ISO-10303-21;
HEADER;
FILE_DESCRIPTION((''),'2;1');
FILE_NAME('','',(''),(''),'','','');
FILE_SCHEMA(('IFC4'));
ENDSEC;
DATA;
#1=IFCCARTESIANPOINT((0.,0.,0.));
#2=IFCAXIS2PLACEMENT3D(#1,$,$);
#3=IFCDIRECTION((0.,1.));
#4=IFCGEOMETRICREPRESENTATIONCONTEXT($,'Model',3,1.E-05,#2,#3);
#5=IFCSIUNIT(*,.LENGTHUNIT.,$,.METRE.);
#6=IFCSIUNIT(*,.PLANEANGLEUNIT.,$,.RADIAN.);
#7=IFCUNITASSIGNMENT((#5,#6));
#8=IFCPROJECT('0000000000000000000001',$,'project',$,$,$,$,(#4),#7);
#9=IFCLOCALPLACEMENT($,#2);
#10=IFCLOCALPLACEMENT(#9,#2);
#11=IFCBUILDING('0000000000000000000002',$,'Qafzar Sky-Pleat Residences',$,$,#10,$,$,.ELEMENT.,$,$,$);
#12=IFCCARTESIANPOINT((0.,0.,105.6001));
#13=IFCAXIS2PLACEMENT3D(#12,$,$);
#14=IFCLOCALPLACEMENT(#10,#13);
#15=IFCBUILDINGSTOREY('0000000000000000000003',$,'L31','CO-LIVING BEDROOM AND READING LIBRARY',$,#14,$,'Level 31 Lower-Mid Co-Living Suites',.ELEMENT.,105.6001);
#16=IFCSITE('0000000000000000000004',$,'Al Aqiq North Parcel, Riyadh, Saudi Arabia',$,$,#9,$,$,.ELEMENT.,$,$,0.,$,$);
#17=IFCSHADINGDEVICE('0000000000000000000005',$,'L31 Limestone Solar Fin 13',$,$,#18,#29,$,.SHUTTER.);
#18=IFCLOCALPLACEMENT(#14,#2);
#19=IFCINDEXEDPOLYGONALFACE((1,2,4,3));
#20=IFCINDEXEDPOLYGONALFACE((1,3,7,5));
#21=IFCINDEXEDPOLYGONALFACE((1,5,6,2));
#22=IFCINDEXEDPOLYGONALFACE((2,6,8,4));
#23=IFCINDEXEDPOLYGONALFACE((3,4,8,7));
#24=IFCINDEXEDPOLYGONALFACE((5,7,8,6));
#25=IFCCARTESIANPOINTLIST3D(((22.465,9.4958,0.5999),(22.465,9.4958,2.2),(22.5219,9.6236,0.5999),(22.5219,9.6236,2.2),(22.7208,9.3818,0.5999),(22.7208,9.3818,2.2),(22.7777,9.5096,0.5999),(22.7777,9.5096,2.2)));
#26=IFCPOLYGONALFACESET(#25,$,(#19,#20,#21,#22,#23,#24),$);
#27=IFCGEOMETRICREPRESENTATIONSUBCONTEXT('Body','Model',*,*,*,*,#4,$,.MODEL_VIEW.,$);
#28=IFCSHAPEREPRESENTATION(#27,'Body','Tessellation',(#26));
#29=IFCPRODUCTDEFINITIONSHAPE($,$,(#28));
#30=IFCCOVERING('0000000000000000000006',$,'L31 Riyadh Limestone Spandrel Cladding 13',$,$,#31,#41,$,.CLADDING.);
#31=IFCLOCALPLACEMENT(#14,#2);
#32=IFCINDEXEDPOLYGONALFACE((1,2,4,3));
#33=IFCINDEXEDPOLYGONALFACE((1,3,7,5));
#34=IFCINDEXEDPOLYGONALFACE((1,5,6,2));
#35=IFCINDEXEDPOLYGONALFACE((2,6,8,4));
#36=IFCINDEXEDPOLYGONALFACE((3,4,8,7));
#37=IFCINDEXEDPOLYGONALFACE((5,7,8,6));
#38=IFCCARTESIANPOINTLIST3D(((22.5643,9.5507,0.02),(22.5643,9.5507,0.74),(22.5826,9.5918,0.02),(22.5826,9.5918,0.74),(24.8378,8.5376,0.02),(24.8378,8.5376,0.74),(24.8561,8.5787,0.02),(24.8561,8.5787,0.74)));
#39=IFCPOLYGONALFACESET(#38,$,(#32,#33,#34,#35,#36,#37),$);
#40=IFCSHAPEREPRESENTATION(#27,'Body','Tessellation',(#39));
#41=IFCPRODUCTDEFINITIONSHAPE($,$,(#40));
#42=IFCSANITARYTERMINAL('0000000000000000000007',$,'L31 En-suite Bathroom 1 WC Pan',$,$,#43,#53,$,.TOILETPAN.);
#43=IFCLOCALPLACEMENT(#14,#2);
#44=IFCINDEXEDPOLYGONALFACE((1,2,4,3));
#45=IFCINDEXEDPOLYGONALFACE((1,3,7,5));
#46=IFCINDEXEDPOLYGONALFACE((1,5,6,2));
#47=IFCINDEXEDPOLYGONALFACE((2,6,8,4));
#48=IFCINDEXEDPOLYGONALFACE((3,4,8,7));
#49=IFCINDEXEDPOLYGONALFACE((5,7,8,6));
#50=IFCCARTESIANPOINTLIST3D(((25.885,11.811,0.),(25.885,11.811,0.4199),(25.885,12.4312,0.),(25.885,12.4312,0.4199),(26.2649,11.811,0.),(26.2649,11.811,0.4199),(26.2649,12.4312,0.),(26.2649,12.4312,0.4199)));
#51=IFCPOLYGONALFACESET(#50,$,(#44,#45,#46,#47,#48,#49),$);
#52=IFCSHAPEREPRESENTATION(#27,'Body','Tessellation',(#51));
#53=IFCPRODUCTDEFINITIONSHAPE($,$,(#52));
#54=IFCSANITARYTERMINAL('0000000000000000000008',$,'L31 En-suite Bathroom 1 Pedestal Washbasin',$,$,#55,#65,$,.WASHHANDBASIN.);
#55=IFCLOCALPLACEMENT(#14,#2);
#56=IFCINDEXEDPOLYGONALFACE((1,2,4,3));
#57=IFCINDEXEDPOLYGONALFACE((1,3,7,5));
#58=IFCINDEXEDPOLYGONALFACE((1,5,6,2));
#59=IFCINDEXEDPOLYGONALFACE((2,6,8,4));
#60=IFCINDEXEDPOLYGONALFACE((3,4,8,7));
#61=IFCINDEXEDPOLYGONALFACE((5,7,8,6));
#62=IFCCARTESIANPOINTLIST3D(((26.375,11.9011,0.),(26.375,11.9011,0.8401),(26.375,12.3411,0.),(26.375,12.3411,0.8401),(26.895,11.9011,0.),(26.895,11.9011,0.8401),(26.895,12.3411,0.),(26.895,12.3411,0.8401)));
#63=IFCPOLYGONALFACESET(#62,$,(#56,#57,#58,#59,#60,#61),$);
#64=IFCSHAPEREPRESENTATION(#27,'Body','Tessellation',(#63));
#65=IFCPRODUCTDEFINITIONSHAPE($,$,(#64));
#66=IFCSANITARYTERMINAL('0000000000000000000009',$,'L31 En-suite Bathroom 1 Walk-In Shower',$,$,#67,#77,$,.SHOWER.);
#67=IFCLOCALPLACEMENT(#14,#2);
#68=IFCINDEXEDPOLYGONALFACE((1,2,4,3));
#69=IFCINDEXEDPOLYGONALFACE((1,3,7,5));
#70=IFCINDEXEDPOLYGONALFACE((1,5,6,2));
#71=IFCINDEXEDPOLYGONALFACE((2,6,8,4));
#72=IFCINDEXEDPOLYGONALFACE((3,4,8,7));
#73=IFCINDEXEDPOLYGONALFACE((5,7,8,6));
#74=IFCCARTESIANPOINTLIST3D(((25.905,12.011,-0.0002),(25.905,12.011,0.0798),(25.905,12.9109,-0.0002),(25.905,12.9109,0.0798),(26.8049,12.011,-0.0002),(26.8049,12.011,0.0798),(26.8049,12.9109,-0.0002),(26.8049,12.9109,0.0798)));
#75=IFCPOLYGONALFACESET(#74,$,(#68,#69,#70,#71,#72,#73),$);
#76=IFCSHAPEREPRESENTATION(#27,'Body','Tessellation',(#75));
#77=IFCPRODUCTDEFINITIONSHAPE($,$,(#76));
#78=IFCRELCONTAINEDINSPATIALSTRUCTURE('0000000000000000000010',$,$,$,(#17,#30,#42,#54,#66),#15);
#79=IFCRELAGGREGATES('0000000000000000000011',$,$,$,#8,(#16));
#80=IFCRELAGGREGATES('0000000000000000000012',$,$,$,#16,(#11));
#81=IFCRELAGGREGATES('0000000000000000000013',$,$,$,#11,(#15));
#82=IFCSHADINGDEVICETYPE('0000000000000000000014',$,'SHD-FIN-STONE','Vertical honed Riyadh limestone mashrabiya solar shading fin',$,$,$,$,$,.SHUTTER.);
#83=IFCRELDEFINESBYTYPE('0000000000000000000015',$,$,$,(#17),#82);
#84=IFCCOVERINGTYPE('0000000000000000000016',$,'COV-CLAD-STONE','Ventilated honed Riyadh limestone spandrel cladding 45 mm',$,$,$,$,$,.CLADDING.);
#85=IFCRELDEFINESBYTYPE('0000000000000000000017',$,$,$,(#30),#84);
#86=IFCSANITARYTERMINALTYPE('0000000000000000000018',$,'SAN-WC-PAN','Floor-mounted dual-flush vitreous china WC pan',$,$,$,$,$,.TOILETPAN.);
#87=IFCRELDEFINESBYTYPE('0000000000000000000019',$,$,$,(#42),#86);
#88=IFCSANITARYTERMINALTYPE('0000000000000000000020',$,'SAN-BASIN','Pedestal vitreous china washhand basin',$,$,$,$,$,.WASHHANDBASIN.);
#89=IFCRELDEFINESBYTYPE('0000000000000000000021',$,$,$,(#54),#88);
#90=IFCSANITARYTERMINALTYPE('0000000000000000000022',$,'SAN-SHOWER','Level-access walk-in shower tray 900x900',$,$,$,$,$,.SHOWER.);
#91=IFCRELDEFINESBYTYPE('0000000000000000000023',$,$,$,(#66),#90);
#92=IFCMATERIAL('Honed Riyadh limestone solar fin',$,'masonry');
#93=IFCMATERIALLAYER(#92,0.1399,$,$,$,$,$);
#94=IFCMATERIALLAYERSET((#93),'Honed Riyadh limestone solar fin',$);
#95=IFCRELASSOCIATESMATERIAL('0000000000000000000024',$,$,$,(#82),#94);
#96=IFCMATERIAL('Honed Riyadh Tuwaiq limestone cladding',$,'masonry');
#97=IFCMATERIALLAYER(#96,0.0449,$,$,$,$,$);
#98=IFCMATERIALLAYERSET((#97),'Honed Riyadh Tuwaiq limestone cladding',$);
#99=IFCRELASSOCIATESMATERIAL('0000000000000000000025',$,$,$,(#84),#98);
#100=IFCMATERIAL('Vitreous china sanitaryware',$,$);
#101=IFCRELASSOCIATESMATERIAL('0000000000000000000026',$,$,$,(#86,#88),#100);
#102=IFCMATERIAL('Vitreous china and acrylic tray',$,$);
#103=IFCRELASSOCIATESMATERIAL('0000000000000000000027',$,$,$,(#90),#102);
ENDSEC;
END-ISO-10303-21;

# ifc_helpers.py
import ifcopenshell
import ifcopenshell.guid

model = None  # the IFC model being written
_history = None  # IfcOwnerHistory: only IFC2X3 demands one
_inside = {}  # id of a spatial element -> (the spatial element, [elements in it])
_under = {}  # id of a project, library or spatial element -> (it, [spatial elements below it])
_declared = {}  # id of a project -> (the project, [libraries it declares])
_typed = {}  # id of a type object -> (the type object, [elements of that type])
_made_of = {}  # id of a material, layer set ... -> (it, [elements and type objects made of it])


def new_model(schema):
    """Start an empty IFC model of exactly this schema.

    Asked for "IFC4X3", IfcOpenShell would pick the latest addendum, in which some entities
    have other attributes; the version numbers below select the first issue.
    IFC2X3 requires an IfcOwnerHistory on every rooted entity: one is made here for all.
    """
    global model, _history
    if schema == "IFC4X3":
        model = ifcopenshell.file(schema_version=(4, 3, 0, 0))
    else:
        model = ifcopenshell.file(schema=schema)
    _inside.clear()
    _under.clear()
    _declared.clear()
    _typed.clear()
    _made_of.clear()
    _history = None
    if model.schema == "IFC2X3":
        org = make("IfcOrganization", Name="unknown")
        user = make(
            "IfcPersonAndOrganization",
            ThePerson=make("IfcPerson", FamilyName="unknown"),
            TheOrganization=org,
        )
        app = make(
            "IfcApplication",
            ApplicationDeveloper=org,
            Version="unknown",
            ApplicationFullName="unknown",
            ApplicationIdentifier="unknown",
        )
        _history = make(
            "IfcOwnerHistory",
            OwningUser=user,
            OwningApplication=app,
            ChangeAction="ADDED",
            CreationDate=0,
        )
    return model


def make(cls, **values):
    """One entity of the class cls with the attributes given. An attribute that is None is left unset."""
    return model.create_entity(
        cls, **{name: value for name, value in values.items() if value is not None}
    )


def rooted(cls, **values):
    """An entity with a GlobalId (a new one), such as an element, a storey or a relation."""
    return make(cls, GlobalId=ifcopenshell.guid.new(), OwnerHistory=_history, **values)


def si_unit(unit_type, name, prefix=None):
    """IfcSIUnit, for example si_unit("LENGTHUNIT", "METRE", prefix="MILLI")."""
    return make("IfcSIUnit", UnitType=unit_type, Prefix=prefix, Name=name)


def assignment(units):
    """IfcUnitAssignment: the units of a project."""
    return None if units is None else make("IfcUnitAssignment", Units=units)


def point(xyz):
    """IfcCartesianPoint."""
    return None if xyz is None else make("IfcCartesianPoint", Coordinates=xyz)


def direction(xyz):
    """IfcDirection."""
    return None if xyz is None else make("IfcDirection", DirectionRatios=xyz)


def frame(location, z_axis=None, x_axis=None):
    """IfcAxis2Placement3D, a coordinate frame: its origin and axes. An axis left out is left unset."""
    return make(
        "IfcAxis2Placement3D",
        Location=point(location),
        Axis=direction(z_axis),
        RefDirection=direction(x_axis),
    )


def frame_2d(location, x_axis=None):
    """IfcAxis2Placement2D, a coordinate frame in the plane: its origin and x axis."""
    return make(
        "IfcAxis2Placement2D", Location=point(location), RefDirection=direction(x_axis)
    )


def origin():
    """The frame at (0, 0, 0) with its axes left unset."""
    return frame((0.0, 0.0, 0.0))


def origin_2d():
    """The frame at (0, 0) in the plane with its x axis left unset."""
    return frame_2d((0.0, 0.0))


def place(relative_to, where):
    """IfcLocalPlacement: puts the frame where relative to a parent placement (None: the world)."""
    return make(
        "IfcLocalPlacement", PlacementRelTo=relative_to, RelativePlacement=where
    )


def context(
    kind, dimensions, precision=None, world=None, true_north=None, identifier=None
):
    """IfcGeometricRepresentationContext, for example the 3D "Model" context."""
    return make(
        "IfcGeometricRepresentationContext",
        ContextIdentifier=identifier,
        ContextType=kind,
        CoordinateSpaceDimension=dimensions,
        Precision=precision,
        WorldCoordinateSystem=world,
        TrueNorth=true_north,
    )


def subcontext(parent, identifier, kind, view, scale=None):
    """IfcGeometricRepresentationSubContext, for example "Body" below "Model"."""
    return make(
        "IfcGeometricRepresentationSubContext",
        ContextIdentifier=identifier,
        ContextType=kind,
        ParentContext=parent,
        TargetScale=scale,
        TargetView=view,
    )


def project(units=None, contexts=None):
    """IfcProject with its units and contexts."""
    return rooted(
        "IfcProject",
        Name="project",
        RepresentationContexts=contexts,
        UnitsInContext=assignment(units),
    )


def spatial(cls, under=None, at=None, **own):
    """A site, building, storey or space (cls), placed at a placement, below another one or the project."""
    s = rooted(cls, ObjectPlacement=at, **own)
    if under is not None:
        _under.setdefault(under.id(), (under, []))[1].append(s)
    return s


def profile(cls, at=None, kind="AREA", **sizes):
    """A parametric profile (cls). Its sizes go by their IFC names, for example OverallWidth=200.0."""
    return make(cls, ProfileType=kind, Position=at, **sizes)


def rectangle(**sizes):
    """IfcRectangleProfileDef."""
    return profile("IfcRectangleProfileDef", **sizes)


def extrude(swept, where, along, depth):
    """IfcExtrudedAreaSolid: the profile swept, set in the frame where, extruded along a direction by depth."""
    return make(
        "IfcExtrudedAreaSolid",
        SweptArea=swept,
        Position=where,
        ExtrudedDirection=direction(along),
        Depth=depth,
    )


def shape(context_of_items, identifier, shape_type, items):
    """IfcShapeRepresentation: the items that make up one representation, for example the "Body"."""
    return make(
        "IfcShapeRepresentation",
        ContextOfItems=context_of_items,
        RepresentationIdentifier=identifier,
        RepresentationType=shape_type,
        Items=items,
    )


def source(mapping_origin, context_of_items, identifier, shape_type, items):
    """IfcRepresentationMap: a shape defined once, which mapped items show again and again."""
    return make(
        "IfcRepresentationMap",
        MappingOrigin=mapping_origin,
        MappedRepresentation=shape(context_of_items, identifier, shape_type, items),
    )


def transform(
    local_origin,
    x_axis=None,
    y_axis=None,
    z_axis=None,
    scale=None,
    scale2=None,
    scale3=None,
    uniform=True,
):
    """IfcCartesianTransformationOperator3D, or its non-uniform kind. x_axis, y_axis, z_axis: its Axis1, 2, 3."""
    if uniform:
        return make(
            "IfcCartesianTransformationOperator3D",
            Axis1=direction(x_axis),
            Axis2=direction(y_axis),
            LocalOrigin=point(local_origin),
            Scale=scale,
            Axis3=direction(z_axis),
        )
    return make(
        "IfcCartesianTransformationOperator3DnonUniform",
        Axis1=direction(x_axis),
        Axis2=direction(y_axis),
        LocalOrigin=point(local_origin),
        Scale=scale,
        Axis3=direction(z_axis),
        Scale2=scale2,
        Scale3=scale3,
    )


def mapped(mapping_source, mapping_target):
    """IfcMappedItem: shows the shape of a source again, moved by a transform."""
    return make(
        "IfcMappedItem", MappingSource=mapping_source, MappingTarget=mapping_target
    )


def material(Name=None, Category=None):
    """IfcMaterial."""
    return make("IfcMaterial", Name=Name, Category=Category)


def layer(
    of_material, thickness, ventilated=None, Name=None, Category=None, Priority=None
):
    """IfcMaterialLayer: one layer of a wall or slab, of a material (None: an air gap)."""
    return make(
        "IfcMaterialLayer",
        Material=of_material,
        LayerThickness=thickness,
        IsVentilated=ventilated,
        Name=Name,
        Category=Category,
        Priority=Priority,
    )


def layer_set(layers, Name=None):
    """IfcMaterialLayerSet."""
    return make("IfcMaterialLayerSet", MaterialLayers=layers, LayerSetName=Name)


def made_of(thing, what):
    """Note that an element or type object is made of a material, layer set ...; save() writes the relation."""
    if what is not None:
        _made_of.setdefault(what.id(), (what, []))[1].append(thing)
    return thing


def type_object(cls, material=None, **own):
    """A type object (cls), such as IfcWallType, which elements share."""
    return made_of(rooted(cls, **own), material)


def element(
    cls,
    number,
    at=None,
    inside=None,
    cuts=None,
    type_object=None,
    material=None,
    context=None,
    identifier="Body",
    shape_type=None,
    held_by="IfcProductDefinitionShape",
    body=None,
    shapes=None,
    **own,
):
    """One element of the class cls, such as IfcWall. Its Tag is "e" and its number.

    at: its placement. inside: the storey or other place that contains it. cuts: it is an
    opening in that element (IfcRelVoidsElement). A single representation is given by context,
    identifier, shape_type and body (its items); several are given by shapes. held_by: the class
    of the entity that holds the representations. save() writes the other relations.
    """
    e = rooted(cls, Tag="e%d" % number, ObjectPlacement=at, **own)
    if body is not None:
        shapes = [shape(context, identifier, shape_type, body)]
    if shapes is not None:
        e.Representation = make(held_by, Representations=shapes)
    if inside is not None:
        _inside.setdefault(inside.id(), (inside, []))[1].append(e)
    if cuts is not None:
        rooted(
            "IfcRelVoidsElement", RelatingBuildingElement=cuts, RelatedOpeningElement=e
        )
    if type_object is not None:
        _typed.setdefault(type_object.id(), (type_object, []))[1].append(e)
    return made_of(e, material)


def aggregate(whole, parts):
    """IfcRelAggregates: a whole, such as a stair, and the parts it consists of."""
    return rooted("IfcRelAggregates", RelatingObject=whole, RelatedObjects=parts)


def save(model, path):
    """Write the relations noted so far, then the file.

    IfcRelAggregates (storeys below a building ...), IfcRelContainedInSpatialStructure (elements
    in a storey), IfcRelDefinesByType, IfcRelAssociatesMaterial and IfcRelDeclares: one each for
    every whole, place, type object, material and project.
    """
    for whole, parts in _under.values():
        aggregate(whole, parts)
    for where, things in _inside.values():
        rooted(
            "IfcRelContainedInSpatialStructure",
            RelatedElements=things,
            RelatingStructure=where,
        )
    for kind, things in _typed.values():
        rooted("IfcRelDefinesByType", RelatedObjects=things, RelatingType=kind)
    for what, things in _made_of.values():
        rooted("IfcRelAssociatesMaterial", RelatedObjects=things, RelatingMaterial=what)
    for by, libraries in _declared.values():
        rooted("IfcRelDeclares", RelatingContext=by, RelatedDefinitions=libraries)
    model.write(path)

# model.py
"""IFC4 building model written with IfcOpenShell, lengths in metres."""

from ifc_helpers import new_model, si_unit, direction, frame, origin, origin_2d, place, context, subcontext, project, spatial, rectangle, extrude, source, transform, mapped, material, layer, layer_set, type_object, element, save


model = new_model("IFC4")

# Units and contexts
model_context = context("Model", 3, precision=1e-05, world=origin(), true_north=direction((0.0, 1.0)))
body_context = subcontext(model_context, "Body", "Model", "MODEL_VIEW")
ifc_project = project(units=[si_unit("LENGTHUNIT", "METRE"), si_unit("PLANEANGLEUNIT", "RADIAN")], contexts=[model_context])

# Site, building, storey
site_placement = place(None, origin())
site = spatial("IfcSite", under=ifc_project, at=site_placement, Name="Al Aqiq North Parcel, Riyadh, Saudi Arabia", CompositionType="ELEMENT", RefElevation=0.0)
building_placement = place(site_placement, origin())
building = spatial("IfcBuilding", under=site, at=building_placement, Name="Qafzar Sky-Pleat Residences", CompositionType="ELEMENT")
storey_placement = place(building_placement, frame((0.0, 0.0, 105.6001)))
storey = spatial("IfcBuildingStorey", under=building, at=storey_placement, Name="L31", Description="CO-LIVING BEDROOM AND READING LIBRARY", LongName="Level 31 Lower-Mid Co-Living Suites", CompositionType="ELEMENT", Elevation=105.6001)

# Shading device
ifc_material_1 = material(Name="Honed Riyadh limestone solar fin", Category="masonry")
ifc_layer_1 = layer(ifc_material_1, 0.1399)
ifc_layer_set_1 = layer_set([ifc_layer_1], Name="Honed Riyadh limestone solar fin")
shading_device_type = type_object("IfcShadingDeviceType", Name="SHD-FIN-STONE", Description="Vertical honed Riyadh limestone mashrabiya solar shading fin", PredefinedType="SHUTTER", material=ifc_layer_set_1)
shared_shape_1 = source(origin(), body_context, "Body", "SweptSolid", [
    extrude(rectangle(XDim=0.1399, YDim=0.28, at=origin_2d()), origin(), (0.0, 0.0, 1.0), 1.6001),
])
shading_device_placement = place(storey_placement, frame((22.6213, 9.5027, 0.5999), z_axis=(0.0, 0.0, 1.0), x_axis=(-0.407007, -0.913425, 0.0)))
element("IfcShadingDevice", 1, at=shading_device_placement, inside=storey, type_object=shading_device_type, Name="L31 Limestone Solar Fin 13", PredefinedType="SHUTTER", context=body_context, shape_type="MappedRepresentation", body=[
    mapped(shared_shape_1, transform((0.0, 0.0, 0.0), x_axis=(1.0, 0.0, 0.0), y_axis=(0.0, 1.0, 0.0), z_axis=(0.0, 0.0, 1.0), scale=1.0)),
])

# Covering
ifc_material_2 = material(Name="Honed Riyadh Tuwaiq limestone cladding", Category="masonry")
ifc_layer_2 = layer(ifc_material_2, 0.0449)
ifc_layer_set_2 = layer_set([ifc_layer_2], Name="Honed Riyadh Tuwaiq limestone cladding")
covering_type = type_object("IfcCoveringType", Name="COV-CLAD-STONE", Description="Ventilated honed Riyadh limestone spandrel cladding 45 mm", PredefinedType="CLADDING", material=ifc_layer_set_2)
shared_shape_2 = source(origin(), body_context, "Body", "SweptSolid", [
    extrude(rectangle(XDim=2.489, YDim=0.0449, at=origin_2d()), origin(), (0.0, 0.0, 1.0), 0.72),
])
covering_placement = place(storey_placement, frame((23.7102, 9.0647, 0.02), z_axis=(0.0, 0.0, 1.0), x_axis=(0.913417, -0.407024, 0.0)))
element("IfcCovering", 2, at=covering_placement, inside=storey, type_object=covering_type, Name="L31 Riyadh Limestone Spandrel Cladding 13", PredefinedType="CLADDING", context=body_context, shape_type="MappedRepresentation", body=[
    mapped(shared_shape_2, transform((0.0, 0.0, 0.0), x_axis=(1.0, 0.0, 0.0), y_axis=(0.0, 1.0, 0.0), z_axis=(0.0, 0.0, 1.0), scale=1.0)),
])

# Sanitary terminals
ifc_material_3 = material(Name="Vitreous china sanitaryware")
sanitary_terminal_type_1 = type_object("IfcSanitaryTerminalType", Name="SAN-WC-PAN", Description="Floor-mounted dual-flush vitreous china WC pan", PredefinedType="TOILETPAN", material=ifc_material_3)
shared_shape_3 = source(origin(), body_context, "Body", "SweptSolid", [
    extrude(rectangle(XDim=0.3799, YDim=0.6201, at=origin_2d()), origin(), (0.0, 0.0, 1.0), 0.4199),
])
sanitary_terminal_1_placement = place(storey_placement, frame((26.075, 12.1211, 0.0), z_axis=(0.0, 0.0, 1.0), x_axis=(1.0, 0.0, 0.0)))
element("IfcSanitaryTerminal", 3, at=sanitary_terminal_1_placement, inside=storey, type_object=sanitary_terminal_type_1, Name="L31 En-suite Bathroom 1 WC Pan", PredefinedType="TOILETPAN", context=body_context, shape_type="MappedRepresentation", body=[
    mapped(shared_shape_3, transform((0.0, 0.0, 0.0), x_axis=(1.0, 0.0, 0.0), y_axis=(0.0, 1.0, 0.0), z_axis=(0.0, 0.0, 1.0), scale=1.0)),
])
sanitary_terminal_type_2 = type_object("IfcSanitaryTerminalType", Name="SAN-BASIN", Description="Pedestal vitreous china washhand basin", PredefinedType="WASHHANDBASIN", material=ifc_material_3)
shared_shape_4 = source(origin(), body_context, "Body", "SweptSolid", [
    extrude(rectangle(XDim=0.52, YDim=0.4399, at=origin_2d()), origin(), (0.0, 0.0, 1.0), 0.8401),
])
sanitary_terminal_2_placement = place(storey_placement, frame((26.635, 12.1211, 0.0), z_axis=(0.0, 0.0, 1.0), x_axis=(1.0, 0.0, 0.0)))
element("IfcSanitaryTerminal", 4, at=sanitary_terminal_2_placement, inside=storey, type_object=sanitary_terminal_type_2, Name="L31 En-suite Bathroom 1 Pedestal Washbasin", PredefinedType="WASHHANDBASIN", context=body_context, shape_type="MappedRepresentation", body=[
    mapped(shared_shape_4, transform((0.0, 0.0, 0.0), x_axis=(1.0, 0.0, 0.0), y_axis=(0.0, 1.0, 0.0), z_axis=(0.0, 0.0, 1.0), scale=1.0)),
])
ifc_material_4 = material(Name="Vitreous china and acrylic tray")
sanitary_terminal_type_3 = type_object("IfcSanitaryTerminalType", Name="SAN-SHOWER", Description="Level-access walk-in shower tray 900x900", PredefinedType="SHOWER", material=ifc_material_4)
shared_shape_5 = source(origin(), body_context, "Body", "SweptSolid", [
    extrude(rectangle(XDim=0.8999, YDim=0.8999, at=origin_2d()), origin(), (0.0, 0.0, 1.0), 0.0801),
])
sanitary_terminal_3_placement = place(storey_placement, frame((26.355, 12.4609, -0.0002), z_axis=(0.0, 0.0, 1.0), x_axis=(1.0, 0.0, 0.0)))
element("IfcSanitaryTerminal", 5, at=sanitary_terminal_3_placement, inside=storey, type_object=sanitary_terminal_type_3, Name="L31 En-suite Bathroom 1 Walk-In Shower", PredefinedType="SHOWER", context=body_context, shape_type="MappedRepresentation", body=[
    mapped(shared_shape_5, transform((0.0, 0.0, 0.0), x_axis=(1.0, 0.0, 0.0), y_axis=(0.0, 1.0, 0.0), z_axis=(0.0, 0.0, 1.0), scale=1.0)),
])

save(model, "model.ifc")
